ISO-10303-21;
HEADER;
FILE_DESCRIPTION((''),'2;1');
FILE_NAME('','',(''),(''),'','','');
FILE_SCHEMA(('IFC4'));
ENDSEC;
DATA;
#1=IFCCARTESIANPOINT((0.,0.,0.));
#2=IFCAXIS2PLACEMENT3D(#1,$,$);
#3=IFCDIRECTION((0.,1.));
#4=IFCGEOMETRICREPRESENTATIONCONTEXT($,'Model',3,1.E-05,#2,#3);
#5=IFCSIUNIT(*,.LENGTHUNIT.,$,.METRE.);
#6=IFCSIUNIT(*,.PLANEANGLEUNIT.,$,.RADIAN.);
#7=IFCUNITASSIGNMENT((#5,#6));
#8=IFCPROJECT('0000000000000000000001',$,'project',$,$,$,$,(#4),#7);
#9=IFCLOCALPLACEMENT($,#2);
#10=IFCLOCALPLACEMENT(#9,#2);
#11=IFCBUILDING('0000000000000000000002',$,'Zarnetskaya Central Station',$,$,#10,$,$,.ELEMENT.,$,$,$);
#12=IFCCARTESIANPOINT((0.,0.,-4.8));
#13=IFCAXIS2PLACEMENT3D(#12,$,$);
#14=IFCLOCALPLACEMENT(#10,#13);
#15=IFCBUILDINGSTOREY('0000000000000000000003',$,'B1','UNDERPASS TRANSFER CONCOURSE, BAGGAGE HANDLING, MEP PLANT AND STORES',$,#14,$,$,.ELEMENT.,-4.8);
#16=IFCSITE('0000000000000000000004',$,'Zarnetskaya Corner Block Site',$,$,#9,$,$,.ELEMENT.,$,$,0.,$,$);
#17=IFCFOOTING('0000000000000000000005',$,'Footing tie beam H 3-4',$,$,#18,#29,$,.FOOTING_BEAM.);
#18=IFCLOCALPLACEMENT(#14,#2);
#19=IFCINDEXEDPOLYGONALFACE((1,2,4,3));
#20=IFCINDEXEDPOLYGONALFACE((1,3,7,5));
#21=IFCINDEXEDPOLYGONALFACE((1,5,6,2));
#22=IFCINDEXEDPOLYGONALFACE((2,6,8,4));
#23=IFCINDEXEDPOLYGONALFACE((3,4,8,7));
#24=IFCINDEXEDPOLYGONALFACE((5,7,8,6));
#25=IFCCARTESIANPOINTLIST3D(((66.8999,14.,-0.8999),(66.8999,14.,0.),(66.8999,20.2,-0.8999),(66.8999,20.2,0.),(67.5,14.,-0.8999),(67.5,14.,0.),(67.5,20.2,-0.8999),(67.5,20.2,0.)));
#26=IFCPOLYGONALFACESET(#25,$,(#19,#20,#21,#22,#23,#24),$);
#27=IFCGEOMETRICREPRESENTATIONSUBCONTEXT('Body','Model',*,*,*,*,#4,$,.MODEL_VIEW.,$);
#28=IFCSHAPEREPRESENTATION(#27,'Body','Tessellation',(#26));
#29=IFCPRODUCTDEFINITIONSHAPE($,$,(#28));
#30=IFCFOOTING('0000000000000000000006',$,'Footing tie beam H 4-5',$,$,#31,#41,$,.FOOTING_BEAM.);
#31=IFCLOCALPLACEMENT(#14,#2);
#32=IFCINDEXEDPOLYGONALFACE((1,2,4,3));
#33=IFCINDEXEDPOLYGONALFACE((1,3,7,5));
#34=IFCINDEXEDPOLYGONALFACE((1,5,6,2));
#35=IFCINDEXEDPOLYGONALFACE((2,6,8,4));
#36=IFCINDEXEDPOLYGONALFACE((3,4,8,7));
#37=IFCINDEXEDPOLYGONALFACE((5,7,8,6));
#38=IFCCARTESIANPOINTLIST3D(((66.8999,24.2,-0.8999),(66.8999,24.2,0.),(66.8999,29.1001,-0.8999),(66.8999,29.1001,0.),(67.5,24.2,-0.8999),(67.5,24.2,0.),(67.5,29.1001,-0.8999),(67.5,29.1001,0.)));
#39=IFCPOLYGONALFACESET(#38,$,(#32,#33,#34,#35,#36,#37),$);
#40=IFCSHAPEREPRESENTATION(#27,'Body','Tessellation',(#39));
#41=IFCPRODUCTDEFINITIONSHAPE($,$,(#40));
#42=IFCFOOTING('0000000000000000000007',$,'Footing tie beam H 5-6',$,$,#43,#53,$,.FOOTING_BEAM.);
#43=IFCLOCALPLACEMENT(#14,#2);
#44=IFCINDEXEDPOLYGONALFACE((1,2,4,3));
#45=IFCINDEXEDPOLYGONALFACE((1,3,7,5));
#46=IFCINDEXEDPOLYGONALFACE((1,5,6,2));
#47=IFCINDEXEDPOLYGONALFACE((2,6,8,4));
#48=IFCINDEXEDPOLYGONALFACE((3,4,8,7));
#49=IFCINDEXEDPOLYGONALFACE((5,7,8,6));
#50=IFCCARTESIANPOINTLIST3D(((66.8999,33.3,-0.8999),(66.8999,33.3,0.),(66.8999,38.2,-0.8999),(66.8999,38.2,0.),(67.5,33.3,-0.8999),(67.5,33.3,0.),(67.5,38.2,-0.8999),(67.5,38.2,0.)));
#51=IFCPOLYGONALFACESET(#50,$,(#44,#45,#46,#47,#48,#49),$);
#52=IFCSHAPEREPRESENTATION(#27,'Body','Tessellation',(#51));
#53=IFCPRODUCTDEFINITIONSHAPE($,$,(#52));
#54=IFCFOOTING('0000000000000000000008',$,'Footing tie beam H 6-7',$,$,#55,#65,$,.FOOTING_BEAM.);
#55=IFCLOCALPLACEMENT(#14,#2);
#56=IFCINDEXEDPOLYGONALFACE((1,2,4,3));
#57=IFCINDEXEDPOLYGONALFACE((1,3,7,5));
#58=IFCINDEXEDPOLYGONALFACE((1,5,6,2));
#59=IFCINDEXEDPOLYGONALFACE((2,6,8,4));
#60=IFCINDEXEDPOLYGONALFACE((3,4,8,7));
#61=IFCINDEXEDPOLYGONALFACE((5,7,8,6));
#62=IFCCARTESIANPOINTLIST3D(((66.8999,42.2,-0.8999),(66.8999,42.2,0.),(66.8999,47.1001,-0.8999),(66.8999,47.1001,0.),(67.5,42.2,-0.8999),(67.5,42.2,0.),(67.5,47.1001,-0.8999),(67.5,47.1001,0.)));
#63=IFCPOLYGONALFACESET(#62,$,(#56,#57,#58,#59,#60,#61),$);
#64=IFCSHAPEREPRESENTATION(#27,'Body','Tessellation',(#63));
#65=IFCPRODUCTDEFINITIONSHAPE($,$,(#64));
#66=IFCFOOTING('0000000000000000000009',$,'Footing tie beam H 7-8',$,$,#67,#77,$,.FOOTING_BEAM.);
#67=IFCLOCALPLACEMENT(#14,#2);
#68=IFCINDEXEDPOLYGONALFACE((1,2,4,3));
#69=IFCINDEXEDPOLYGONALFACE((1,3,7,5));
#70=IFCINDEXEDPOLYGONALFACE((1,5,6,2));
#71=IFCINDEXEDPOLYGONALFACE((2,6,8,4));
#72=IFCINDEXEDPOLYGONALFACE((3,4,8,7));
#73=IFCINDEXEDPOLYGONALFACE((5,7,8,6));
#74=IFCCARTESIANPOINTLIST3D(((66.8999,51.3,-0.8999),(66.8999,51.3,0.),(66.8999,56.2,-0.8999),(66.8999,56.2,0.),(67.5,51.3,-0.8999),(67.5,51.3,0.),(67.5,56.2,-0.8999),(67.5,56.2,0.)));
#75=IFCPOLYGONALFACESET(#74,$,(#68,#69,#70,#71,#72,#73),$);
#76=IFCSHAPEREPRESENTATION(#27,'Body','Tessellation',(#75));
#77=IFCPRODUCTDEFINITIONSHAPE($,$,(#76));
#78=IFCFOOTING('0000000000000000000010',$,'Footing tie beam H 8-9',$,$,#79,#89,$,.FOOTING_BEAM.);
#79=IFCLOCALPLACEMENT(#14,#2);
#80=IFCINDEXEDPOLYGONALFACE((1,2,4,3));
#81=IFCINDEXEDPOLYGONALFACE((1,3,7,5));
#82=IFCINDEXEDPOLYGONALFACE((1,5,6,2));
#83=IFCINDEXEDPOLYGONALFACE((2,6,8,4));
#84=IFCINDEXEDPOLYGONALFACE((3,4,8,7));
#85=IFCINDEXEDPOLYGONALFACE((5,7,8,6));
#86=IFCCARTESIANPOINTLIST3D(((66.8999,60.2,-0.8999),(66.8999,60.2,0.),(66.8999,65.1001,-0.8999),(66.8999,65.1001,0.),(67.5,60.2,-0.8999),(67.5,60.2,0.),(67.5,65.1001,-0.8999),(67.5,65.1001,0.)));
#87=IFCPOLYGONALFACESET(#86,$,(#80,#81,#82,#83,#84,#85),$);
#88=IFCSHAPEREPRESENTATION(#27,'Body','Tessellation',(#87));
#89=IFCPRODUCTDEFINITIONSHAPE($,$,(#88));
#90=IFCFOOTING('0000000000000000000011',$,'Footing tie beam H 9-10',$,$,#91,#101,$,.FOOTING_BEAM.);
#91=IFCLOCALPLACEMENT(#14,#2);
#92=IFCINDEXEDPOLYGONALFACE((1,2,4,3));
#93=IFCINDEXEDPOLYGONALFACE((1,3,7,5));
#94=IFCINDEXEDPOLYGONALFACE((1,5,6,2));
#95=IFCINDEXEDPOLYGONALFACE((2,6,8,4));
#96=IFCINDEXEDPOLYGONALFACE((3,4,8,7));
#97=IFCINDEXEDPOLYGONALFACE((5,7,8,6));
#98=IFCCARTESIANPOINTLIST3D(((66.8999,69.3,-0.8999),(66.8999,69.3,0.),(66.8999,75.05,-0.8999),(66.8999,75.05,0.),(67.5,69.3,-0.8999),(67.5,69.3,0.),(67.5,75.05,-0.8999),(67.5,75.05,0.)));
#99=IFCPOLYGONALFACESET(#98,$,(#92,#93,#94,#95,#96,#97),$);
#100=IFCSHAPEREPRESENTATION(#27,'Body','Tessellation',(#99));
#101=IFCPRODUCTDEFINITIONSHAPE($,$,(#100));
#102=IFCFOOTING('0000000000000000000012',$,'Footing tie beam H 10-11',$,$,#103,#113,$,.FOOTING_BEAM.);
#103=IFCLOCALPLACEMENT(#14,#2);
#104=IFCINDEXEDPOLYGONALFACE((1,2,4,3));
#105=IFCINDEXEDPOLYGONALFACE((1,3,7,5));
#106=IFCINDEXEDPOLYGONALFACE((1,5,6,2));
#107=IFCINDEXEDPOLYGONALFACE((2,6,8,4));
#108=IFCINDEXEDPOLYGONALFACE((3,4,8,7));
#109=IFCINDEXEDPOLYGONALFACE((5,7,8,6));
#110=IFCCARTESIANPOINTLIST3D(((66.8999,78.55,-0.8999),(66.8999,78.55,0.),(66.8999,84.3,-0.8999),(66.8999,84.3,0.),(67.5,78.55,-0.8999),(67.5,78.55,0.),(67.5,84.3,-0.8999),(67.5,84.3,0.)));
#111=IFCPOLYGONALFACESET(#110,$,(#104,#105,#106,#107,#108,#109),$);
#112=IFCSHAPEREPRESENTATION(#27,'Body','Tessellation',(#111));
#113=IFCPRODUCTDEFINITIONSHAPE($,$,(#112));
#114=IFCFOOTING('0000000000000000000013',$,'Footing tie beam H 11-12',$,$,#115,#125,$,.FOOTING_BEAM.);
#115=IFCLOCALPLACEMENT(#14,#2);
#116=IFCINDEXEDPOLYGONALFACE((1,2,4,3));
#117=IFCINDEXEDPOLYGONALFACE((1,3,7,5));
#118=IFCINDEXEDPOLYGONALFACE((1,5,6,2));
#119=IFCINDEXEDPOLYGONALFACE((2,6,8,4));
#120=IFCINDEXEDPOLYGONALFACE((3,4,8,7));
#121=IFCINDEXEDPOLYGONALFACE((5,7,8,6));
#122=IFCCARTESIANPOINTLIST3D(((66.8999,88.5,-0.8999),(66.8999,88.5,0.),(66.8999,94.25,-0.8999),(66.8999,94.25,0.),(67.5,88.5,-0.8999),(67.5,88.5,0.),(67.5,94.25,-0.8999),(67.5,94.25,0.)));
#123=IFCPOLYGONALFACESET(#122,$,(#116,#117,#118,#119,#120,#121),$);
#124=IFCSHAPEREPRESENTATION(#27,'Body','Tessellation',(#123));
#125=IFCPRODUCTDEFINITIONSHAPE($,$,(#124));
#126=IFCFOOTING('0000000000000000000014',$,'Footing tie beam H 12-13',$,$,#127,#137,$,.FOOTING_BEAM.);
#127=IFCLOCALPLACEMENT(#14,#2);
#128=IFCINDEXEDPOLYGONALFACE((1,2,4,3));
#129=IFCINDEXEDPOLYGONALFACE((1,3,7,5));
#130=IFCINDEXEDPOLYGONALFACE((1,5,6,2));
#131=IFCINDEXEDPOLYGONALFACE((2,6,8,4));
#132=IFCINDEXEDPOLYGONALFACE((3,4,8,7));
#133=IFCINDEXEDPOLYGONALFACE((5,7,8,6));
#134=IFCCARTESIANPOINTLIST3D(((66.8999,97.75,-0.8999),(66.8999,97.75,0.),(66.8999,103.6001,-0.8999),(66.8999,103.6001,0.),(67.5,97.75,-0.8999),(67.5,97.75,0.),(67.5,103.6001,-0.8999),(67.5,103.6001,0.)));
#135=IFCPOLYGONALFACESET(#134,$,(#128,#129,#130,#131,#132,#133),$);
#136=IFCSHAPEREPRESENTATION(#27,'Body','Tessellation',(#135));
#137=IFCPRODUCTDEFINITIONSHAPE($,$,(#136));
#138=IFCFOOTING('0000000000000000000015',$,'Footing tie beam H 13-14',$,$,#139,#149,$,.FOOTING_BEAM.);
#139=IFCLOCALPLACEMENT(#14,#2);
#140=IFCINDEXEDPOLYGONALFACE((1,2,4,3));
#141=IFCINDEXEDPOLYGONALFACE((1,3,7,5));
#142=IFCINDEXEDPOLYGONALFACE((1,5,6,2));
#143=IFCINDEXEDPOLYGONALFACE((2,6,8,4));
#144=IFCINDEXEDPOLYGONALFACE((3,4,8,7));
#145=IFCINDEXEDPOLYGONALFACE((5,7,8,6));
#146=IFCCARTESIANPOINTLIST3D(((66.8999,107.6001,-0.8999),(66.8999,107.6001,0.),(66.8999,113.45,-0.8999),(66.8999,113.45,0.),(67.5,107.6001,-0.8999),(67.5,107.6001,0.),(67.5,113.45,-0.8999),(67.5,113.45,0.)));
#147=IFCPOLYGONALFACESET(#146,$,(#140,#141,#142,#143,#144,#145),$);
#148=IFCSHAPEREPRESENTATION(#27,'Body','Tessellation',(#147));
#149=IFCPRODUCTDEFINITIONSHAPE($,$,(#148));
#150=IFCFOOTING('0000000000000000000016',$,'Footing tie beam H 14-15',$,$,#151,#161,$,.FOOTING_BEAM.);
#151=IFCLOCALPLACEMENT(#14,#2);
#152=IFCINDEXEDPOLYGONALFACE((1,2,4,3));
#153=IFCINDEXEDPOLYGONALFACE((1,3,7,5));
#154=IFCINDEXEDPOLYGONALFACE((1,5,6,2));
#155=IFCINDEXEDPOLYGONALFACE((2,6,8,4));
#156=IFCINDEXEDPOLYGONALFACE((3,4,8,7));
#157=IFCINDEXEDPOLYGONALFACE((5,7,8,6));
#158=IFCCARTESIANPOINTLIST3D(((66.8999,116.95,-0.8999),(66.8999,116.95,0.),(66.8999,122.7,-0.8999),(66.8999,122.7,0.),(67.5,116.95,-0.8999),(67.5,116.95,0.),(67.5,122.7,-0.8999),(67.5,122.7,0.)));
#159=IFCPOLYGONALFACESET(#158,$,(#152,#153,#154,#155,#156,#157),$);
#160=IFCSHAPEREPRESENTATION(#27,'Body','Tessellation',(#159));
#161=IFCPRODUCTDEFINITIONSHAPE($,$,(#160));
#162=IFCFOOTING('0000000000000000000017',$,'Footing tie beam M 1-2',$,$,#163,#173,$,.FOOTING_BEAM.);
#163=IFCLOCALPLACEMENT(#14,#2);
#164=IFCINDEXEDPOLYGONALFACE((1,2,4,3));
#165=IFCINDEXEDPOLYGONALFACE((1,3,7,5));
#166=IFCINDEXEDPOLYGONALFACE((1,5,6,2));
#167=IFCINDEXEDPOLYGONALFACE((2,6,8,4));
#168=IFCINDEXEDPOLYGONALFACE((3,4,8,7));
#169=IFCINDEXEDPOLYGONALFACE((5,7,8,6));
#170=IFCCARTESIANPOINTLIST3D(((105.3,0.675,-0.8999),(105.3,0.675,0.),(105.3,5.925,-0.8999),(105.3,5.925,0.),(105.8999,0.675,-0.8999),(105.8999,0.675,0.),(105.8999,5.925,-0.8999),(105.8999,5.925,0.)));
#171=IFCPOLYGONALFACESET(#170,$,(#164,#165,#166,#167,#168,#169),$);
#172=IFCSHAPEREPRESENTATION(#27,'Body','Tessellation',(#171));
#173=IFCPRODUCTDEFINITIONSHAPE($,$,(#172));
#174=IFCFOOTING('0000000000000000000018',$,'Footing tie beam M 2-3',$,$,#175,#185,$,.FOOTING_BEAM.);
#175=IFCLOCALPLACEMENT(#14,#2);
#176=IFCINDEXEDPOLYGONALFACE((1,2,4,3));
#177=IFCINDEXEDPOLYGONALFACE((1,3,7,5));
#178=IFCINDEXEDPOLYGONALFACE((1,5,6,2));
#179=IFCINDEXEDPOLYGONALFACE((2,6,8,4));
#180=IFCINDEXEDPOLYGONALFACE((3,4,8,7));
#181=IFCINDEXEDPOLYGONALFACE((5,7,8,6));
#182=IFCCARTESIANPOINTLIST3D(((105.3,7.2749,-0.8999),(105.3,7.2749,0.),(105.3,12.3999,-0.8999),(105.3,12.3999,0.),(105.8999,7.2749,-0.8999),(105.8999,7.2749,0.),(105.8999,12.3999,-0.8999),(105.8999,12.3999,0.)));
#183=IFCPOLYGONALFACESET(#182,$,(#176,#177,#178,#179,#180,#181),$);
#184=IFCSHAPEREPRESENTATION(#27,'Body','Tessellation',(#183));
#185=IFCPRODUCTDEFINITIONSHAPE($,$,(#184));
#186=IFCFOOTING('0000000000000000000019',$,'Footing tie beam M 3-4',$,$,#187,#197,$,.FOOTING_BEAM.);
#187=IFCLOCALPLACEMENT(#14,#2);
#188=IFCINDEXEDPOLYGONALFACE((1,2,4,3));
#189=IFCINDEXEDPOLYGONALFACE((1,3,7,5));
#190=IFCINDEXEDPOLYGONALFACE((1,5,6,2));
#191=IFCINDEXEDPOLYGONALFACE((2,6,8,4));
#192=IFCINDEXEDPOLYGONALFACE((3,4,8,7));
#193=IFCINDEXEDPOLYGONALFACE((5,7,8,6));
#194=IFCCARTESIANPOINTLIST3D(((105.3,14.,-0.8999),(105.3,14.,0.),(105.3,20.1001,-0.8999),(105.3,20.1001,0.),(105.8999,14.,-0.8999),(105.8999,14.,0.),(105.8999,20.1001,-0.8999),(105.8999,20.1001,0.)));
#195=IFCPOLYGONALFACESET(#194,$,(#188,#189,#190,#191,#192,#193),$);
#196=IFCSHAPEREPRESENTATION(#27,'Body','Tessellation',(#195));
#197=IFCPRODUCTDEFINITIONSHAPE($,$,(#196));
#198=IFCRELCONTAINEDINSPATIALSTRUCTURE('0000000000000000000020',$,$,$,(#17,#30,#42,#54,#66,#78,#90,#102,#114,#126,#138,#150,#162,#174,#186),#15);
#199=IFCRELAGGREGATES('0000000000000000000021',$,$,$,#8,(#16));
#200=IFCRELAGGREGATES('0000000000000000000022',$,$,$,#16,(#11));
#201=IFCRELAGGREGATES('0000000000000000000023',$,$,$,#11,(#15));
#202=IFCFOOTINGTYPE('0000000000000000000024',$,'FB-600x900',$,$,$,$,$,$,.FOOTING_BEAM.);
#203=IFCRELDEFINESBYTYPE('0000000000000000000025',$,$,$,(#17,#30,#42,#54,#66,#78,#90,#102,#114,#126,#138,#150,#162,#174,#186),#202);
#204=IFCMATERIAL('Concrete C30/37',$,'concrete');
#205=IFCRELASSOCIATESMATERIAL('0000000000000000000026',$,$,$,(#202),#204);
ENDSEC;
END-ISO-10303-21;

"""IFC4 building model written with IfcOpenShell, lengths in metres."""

from ifc_helpers import new_model, si_unit, direction, frame, origin, place, context, subcontext, project, spatial, polyline, outline, extrude, material, type_object, element, save


model = new_model("IFC4")

# Units and contexts
model_context = context("Model", 3, precision=1e-05, world=origin(), true_north=direction((0.0, 1.0)))
body_context = subcontext(model_context, "Body", "Model", "MODEL_VIEW")
ifc_project = project(units=[si_unit("LENGTHUNIT", "METRE"), si_unit("PLANEANGLEUNIT", "RADIAN")], contexts=[model_context])

# Site, building, storey
site_placement = place(None, origin())
site = spatial("IfcSite", under=ifc_project, at=site_placement, Name="Zarnetskaya Corner Block Site", CompositionType="ELEMENT", RefElevation=0.0)
building_placement = place(site_placement, origin())
building = spatial("IfcBuilding", under=site, at=building_placement, Name="Zarnetskaya Central Station", CompositionType="ELEMENT")
storey_placement = place(building_placement, frame((0.0, 0.0, -4.8)))
storey = spatial("IfcBuildingStorey", under=building, at=storey_placement, Name="B1", Description="UNDERPASS TRANSFER CONCOURSE, BAGGAGE HANDLING, MEP PLANT AND STORES", CompositionType="ELEMENT", Elevation=-4.8)

# Footings
ifc_material = material(Name="Concrete C30/37", Category="concrete")
footing_type = type_object("IfcFootingType", Name="FB-600x900", PredefinedType="FOOTING_BEAM", material=ifc_material)
footing_1_placement = place(storey_placement, frame((0.0, 0.0, -0.8999)))
element("IfcFooting", 1, at=footing_1_placement, inside=storey, type_object=footing_type, Name="Footing tie beam H 3-4", PredefinedType="FOOTING_BEAM", context=body_context, shape_type="SweptSolid", body=[
    extrude(outline(polyline([(66.8999, 14.0), (67.5, 14.0), (67.5, 20.2), (66.8999, 20.2), (66.8999, 14.0)])), origin(), (0.0, 0.0, 1.0), 0.8999),
])
footing_2_placement = place(storey_placement, frame((0.0, 0.0, -0.8999)))
element("IfcFooting", 2, at=footing_2_placement, inside=storey, type_object=footing_type, Name="Footing tie beam H 4-5", PredefinedType="FOOTING_BEAM", context=body_context, shape_type="SweptSolid", body=[
    extrude(outline(polyline([(66.8999, 24.2), (67.5, 24.2), (67.5, 29.1001), (66.8999, 29.1001), (66.8999, 24.2)])), origin(), (0.0, 0.0, 1.0), 0.8999),
])
footing_3_placement = place(storey_placement, frame((0.0, 0.0, -0.8999)))
element("IfcFooting", 3, at=footing_3_placement, inside=storey, type_object=footing_type, Name="Footing tie beam H 5-6", PredefinedType="FOOTING_BEAM", context=body_context, shape_type="SweptSolid", body=[
    extrude(outline(polyline([(66.8999, 33.3), (67.5, 33.3), (67.5, 38.2), (66.8999, 38.2), (66.8999, 33.3)])), origin(), (0.0, 0.0, 1.0), 0.8999),
])
footing_4_placement = place(storey_placement, frame((0.0, 0.0, -0.8999)))
element("IfcFooting", 4, at=footing_4_placement, inside=storey, type_object=footing_type, Name="Footing tie beam H 6-7", PredefinedType="FOOTING_BEAM", context=body_context, shape_type="SweptSolid", body=[
    extrude(outline(polyline([(66.8999, 42.2), (67.5, 42.2), (67.5, 47.1001), (66.8999, 47.1001), (66.8999, 42.2)])), origin(), (0.0, 0.0, 1.0), 0.8999),
])
footing_5_placement = place(storey_placement, frame((0.0, 0.0, -0.8999)))
element("IfcFooting", 5, at=footing_5_placement, inside=storey, type_object=footing_type, Name="Footing tie beam H 7-8", PredefinedType="FOOTING_BEAM", context=body_context, shape_type="SweptSolid", body=[
    extrude(outline(polyline([(66.8999, 51.3), (67.5, 51.3), (67.5, 56.2), (66.8999, 56.2), (66.8999, 51.3)])), origin(), (0.0, 0.0, 1.0), 0.8999),
])
footing_6_placement = place(storey_placement, frame((0.0, 0.0, -0.8999)))
element("IfcFooting", 6, at=footing_6_placement, inside=storey, type_object=footing_type, Name="Footing tie beam H 8-9", PredefinedType="FOOTING_BEAM", context=body_context, shape_type="SweptSolid", body=[
    extrude(outline(polyline([(66.8999, 60.2), (67.5, 60.2), (67.5, 65.1001), (66.8999, 65.1001), (66.8999, 60.2)])), origin(), (0.0, 0.0, 1.0), 0.8999),
])
footing_7_placement = place(storey_placement, frame((0.0, 0.0, -0.8999)))
element("IfcFooting", 7, at=footing_7_placement, inside=storey, type_object=footing_type, Name="Footing tie beam H 9-10", PredefinedType="FOOTING_BEAM", context=body_context, shape_type="SweptSolid", body=[
    extrude(outline(polyline([(66.8999, 69.3), (67.5, 69.3), (67.5, 75.05), (66.8999, 75.05), (66.8999, 69.3)])), origin(), (0.0, 0.0, 1.0), 0.8999),
])
footing_8_placement = place(storey_placement, frame((0.0, 0.0, -0.8999)))
element("IfcFooting", 8, at=footing_8_placement, inside=storey, type_object=footing_type, Name="Footing tie beam H 10-11", PredefinedType="FOOTING_BEAM", context=body_context, shape_type="SweptSolid", body=[
    extrude(outline(polyline([(66.8999, 78.55), (67.5, 78.55), (67.5, 84.3), (66.8999, 84.3), (66.8999, 78.55)])), origin(), (0.0, 0.0, 1.0), 0.8999),
])
footing_9_placement = place(storey_placement, frame((0.0, 0.0, -0.8999)))
element("IfcFooting", 9, at=footing_9_placement, inside=storey, type_object=footing_type, Name="Footing tie beam H 11-12", PredefinedType="FOOTING_BEAM", context=body_context, shape_type="SweptSolid", body=[
    extrude(outline(polyline([(66.8999, 88.5), (67.5, 88.5), (67.5, 94.25), (66.8999, 94.25), (66.8999, 88.5)])), origin(), (0.0, 0.0, 1.0), 0.8999),
])
footing_10_placement = place(storey_placement, frame((0.0, 0.0, -0.8999)))
element("IfcFooting", 10, at=footing_10_placement, inside=storey, type_object=footing_type, Name="Footing tie beam H 12-13", PredefinedType="FOOTING_BEAM", context=body_context, shape_type="SweptSolid", body=[
    extrude(outline(polyline([(66.8999, 97.75), (67.5, 97.75), (67.5, 103.6001), (66.8999, 103.6001), (66.8999, 97.75)])), origin(), (0.0, 0.0, 1.0), 0.8999),
])
footing_11_placement = place(storey_placement, frame((0.0, 0.0, -0.8999)))
element("IfcFooting", 11, at=footing_11_placement, inside=storey, type_object=footing_type, Name="Footing tie beam H 13-14", PredefinedType="FOOTING_BEAM", context=body_context, shape_type="SweptSolid", body=[
    extrude(outline(polyline([(66.8999, 107.6001), (67.5, 107.6001), (67.5, 113.45), (66.8999, 113.45), (66.8999, 107.6001)])), origin(), (0.0, 0.0, 1.0), 0.8999),
])
footing_12_placement = place(storey_placement, frame((0.0, 0.0, -0.8999)))
element("IfcFooting", 12, at=footing_12_placement, inside=storey, type_object=footing_type, Name="Footing tie beam H 14-15", PredefinedType="FOOTING_BEAM", context=body_context, shape_type="SweptSolid", body=[
    extrude(outline(polyline([(66.8999, 116.95), (67.5, 116.95), (67.5, 122.7), (66.8999, 122.7), (66.8999, 116.95)])), origin(), (0.0, 0.0, 1.0), 0.8999),
])
footing_13_placement = place(storey_placement, frame((0.0, 0.0, -0.8999)))
element("IfcFooting", 13, at=footing_13_placement, inside=storey, type_object=footing_type, Name="Footing tie beam M 1-2", PredefinedType="FOOTING_BEAM", context=body_context, shape_type="SweptSolid", body=[
    extrude(outline(polyline([(105.3, 0.675), (105.8999, 0.675), (105.8999, 5.925), (105.3, 5.925), (105.3, 0.675)])), origin(), (0.0, 0.0, 1.0), 0.8999),
])
footing_14_placement = place(storey_placement, frame((0.0, 0.0, -0.8999)))
element("IfcFooting", 14, at=footing_14_placement, inside=storey, type_object=footing_type, Name="Footing tie beam M 2-3", PredefinedType="FOOTING_BEAM", context=body_context, shape_type="SweptSolid", body=[
    extrude(outline(polyline([(105.3, 7.2749), (105.8999, 7.2749), (105.8999, 12.3999), (105.3, 12.3999), (105.3, 7.2749)])), origin(), (0.0, 0.0, 1.0), 0.8999),
])
footing_15_placement = place(storey_placement, frame((0.0, 0.0, -0.8999)))
element("IfcFooting", 15, at=footing_15_placement, inside=storey, type_object=footing_type, Name="Footing tie beam M 3-4", PredefinedType="FOOTING_BEAM", context=body_context, shape_type="SweptSolid", body=[
    extrude(outline(polyline([(105.3, 14.0), (105.8999, 14.0), (105.8999, 20.1001), (105.3, 20.1001), (105.3, 14.0)])), origin(), (0.0, 0.0, 1.0), 0.8999),
])

save(model, "model.ifc")
